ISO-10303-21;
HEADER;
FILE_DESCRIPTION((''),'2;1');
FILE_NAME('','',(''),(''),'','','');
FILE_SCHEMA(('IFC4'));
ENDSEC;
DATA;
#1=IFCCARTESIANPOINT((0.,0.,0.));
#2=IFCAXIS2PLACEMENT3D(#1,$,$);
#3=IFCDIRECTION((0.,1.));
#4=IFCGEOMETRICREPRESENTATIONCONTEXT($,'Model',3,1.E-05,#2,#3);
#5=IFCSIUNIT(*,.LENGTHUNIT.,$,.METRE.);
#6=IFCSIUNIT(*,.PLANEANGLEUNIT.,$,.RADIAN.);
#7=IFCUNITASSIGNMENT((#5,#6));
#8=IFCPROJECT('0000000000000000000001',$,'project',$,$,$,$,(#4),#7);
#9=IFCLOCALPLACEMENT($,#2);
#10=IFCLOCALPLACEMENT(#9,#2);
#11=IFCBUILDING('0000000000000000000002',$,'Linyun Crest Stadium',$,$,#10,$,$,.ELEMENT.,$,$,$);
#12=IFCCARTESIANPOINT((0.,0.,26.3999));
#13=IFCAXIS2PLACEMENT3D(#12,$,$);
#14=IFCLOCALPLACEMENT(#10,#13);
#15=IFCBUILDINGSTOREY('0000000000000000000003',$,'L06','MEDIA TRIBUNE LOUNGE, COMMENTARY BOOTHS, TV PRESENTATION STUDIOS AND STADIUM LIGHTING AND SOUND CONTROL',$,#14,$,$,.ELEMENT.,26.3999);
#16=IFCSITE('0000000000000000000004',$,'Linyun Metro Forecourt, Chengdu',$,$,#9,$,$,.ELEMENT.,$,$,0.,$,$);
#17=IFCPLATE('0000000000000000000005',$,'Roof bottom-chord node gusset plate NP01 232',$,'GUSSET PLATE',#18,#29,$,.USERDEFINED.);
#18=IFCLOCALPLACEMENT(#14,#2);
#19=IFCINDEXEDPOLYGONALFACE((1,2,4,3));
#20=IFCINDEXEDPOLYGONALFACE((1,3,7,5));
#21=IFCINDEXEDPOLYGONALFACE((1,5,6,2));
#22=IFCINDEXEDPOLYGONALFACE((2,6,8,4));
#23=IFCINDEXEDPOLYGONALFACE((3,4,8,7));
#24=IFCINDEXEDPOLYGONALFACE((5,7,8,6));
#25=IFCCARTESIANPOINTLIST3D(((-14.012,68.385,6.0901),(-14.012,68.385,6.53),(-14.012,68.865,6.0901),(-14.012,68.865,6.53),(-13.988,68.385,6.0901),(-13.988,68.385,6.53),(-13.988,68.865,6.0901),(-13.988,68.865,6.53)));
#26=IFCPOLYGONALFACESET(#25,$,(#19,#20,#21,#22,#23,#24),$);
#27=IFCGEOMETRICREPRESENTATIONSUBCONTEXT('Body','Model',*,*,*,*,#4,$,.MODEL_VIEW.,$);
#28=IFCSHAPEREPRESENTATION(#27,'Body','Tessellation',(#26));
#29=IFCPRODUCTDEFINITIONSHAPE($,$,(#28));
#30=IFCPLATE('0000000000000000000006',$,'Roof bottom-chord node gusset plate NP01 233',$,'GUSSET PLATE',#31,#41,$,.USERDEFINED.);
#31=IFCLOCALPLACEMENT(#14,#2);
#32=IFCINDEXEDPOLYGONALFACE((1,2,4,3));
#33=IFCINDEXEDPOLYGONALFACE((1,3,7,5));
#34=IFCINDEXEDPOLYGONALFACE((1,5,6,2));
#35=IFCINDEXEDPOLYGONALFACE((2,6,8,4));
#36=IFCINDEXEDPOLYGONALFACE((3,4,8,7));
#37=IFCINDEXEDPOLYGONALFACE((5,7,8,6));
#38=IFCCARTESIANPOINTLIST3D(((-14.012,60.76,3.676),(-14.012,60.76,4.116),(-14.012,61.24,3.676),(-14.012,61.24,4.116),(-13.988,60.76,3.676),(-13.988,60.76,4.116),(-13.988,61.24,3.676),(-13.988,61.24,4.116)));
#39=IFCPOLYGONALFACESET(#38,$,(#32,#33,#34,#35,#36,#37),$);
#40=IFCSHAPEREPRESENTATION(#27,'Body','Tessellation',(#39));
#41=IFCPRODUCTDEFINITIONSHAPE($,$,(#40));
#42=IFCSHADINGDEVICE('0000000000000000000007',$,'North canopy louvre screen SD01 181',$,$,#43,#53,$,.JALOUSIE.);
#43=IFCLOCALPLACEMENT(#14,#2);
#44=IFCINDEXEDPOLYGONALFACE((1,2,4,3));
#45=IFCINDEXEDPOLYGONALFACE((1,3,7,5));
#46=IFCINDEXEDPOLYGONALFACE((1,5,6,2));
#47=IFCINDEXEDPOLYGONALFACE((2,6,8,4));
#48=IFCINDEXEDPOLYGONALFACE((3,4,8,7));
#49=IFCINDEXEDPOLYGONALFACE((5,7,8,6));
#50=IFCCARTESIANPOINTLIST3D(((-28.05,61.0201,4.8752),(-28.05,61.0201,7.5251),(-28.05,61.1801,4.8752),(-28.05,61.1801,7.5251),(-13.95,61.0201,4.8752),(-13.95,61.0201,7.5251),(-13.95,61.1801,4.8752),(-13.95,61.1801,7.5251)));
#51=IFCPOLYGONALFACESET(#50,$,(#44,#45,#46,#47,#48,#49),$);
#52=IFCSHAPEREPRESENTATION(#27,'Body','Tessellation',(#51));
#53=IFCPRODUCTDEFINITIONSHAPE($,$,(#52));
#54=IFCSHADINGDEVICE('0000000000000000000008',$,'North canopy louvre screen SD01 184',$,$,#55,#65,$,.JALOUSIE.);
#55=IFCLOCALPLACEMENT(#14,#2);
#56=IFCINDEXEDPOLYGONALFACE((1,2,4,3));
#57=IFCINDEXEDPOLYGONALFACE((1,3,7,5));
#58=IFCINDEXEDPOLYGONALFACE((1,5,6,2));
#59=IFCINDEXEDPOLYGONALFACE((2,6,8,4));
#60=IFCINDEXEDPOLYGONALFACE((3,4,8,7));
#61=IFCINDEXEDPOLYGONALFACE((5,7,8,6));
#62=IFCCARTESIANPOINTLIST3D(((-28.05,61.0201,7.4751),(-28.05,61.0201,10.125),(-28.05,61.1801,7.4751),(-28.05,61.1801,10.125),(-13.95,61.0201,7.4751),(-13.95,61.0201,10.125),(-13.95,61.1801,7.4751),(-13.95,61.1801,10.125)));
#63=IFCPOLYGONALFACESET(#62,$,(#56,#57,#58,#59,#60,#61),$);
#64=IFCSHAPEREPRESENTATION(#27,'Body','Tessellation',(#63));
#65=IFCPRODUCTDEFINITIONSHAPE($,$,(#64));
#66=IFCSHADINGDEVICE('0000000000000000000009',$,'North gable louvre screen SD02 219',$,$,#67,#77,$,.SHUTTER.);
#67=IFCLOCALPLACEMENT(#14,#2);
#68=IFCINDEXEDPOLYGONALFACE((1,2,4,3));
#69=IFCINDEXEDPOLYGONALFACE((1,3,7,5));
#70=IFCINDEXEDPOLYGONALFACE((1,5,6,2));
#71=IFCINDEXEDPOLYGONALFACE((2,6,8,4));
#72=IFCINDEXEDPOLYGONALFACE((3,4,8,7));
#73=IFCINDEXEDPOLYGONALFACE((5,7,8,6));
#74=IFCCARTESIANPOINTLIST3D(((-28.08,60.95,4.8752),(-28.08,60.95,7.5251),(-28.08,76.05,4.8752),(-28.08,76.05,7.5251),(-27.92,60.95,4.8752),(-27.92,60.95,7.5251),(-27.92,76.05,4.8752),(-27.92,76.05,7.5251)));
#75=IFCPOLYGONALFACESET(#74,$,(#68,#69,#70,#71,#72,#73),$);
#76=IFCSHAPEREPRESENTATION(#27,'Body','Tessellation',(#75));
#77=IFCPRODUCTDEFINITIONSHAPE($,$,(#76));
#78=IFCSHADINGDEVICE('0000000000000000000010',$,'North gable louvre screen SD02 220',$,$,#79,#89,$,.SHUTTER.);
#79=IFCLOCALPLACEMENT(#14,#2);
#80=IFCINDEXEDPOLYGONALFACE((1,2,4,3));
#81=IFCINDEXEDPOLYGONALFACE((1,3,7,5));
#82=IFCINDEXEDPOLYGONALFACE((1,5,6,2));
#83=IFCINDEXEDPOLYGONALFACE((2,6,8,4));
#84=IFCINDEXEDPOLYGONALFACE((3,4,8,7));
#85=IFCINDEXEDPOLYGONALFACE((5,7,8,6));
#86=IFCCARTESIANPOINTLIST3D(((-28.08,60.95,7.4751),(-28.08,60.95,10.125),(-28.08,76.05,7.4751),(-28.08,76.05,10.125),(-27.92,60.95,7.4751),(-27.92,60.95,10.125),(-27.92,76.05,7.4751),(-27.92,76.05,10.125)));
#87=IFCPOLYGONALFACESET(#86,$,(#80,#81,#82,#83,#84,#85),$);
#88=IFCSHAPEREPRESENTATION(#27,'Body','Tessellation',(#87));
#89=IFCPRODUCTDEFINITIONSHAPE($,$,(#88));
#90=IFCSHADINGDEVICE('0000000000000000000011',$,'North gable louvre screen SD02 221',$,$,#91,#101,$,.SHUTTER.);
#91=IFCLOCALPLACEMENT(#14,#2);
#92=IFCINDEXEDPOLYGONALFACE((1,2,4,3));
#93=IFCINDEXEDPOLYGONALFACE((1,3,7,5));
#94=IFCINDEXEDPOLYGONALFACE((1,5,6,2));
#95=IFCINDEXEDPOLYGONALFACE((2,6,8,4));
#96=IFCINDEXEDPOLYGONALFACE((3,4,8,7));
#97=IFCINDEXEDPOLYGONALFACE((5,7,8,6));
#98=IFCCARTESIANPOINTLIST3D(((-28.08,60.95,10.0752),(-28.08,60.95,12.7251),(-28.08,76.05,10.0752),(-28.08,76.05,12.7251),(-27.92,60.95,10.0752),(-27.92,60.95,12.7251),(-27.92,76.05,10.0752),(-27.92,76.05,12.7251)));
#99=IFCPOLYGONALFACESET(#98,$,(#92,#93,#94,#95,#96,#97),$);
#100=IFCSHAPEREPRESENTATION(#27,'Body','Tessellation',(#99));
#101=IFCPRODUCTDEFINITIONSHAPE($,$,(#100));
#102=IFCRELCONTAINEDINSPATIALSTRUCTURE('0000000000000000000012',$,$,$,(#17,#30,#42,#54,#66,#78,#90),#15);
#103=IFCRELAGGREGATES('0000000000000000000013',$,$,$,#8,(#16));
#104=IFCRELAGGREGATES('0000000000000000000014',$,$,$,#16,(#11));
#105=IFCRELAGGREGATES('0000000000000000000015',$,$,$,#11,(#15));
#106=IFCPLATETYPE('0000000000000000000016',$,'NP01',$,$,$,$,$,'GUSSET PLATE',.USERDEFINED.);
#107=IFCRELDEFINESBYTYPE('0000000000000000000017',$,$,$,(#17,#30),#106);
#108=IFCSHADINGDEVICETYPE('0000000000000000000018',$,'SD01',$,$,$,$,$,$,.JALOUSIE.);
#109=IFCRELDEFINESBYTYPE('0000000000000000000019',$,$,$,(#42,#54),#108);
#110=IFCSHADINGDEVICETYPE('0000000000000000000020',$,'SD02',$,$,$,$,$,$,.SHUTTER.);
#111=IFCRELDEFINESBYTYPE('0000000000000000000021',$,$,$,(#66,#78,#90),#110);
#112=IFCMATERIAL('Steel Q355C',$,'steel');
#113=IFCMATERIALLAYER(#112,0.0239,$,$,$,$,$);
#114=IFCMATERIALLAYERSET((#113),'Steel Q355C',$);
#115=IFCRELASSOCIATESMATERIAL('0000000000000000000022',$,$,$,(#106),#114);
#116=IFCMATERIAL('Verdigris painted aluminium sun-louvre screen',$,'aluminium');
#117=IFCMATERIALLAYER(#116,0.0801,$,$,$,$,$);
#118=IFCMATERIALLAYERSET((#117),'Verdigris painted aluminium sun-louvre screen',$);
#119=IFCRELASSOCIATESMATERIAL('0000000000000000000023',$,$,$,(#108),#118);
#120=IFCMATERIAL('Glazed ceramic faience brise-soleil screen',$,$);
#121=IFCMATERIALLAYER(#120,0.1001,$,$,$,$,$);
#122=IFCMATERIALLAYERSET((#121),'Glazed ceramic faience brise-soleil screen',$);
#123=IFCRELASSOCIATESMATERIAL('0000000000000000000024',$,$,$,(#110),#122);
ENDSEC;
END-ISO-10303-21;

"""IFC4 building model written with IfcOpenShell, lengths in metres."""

from ifc_helpers import new_model, si_unit, direction, frame, origin, origin_2d, place, context, subcontext, project, spatial, rectangle, extrude, material, layer, layer_set, type_object, element, save


model = new_model("IFC4")

# Units and contexts
model_context = context("Model", 3, precision=1e-05, world=origin(), true_north=direction((0.0, 1.0)))
body_context = subcontext(model_context, "Body", "Model", "MODEL_VIEW")
ifc_project = project(units=[si_unit("LENGTHUNIT", "METRE"), si_unit("PLANEANGLEUNIT", "RADIAN")], contexts=[model_context])

# Site, building, storey
site_placement = place(None, origin())
site = spatial("IfcSite", under=ifc_project, at=site_placement, Name="Linyun Metro Forecourt, Chengdu", CompositionType="ELEMENT", RefElevation=0.0)
building_placement = place(site_placement, origin())
building = spatial("IfcBuilding", under=site, at=building_placement, Name="Linyun Crest Stadium", CompositionType="ELEMENT")
storey_placement = place(building_placement, frame((0.0, 0.0, 26.3999)))
storey = spatial("IfcBuildingStorey", under=building, at=storey_placement, Name="L06", Description="MEDIA TRIBUNE LOUNGE, COMMENTARY BOOTHS, TV PRESENTATION STUDIOS AND STADIUM LIGHTING AND SOUND CONTROL", CompositionType="ELEMENT", Elevation=26.3999)

# Plates
ifc_material_1 = material(Name="Steel Q355C", Category="steel")
ifc_layer_1 = layer(ifc_material_1, 0.0239)
ifc_layer_set_1 = layer_set([ifc_layer_1], Name="Steel Q355C")
plate_type_1 = type_object("IfcPlateType", Name="NP01", ElementType="GUSSET PLATE", PredefinedType="USERDEFINED", material=ifc_layer_set_1)
for number, where, z_axis, x_axis, name in (
    (1, (-14.0, 68.625, 6.0901), (0.0, 0.0, 1.0), (0.0, 1.0, 0.0), "Roof bottom-chord node gusset plate NP01 232"),
    (2, (-14.0, 61.0, 3.676), (0.0, 0.0, 1.0), (0.0, 1.0, 0.0), "Roof bottom-chord node gusset plate NP01 233"),
):
    element("IfcPlate", number, at=place(storey_placement, frame(where, z_axis=z_axis, x_axis=x_axis)), inside=storey, type_object=plate_type_1, Name=name, ObjectType="GUSSET PLATE", PredefinedType="USERDEFINED", context=body_context, shape_type="SweptSolid", body=[
        extrude(rectangle(XDim=0.48, YDim=0.0239, at=origin_2d()), origin(), (0.0, 0.0, 1.0), 0.4399),
    ])

# Shading devices
ifc_material_2 = material(Name="Verdigris painted aluminium sun-louvre screen", Category="aluminium")
ifc_layer_2 = layer(ifc_material_2, 0.0801)
ifc_layer_set_2 = layer_set([ifc_layer_2], Name="Verdigris painted aluminium sun-louvre screen")
shading_device_type_1 = type_object("IfcShadingDeviceType", Name="SD01", PredefinedType="JALOUSIE", material=ifc_layer_set_2)
for number, where, z_axis, x_axis, name in (
    (3, (-21.0, 61.1001, 4.8752), (0.0, 0.0, 1.0), (1.0, 0.0, 0.0), "North canopy louvre screen SD01 181"),
    (4, (-21.0, 61.1001, 7.4751), (0.0, 0.0, 1.0), (1.0, 0.0, 0.0), "North canopy louvre screen SD01 184"),
):
    element("IfcShadingDevice", number, at=place(storey_placement, frame(where, z_axis=z_axis, x_axis=x_axis)), inside=storey, type_object=shading_device_type_1, Name=name, PredefinedType="JALOUSIE", context=body_context, shape_type="SweptSolid", body=[
        extrude(rectangle(XDim=14.1001, YDim=0.1599, at=origin_2d()), origin(), (0.0, 0.0, 1.0), 2.6499),
    ])
ifc_material_3 = material(Name="Glazed ceramic faience brise-soleil screen")
ifc_layer_3 = layer(ifc_material_3, 0.1001)
ifc_layer_set_3 = layer_set([ifc_layer_3], Name="Glazed ceramic faience brise-soleil screen")
shading_device_type_2 = type_object("IfcShadingDeviceType", Name="SD02", PredefinedType="SHUTTER", material=ifc_layer_set_3)
for number, where, z_axis, x_axis, name in (
    (5, (-28.0, 68.5, 4.8752), (0.0, 0.0, 1.0), (1.0, 0.0, 0.0), "North gable louvre screen SD02 219"),
    (6, (-28.0, 68.5, 7.4751), (0.0, 0.0, 1.0), (1.0, 0.0, 0.0), "North gable louvre screen SD02 220"),
    (7, (-28.0, 68.5, 10.0752), (0.0, 0.0, 1.0), (1.0, 0.0, 0.0), "North gable louvre screen SD02 221"),
):
    element("IfcShadingDevice", number, at=place(storey_placement, frame(where, z_axis=z_axis, x_axis=x_axis)), inside=storey, type_object=shading_device_type_2, Name=name, PredefinedType="SHUTTER", context=body_context, shape_type="SweptSolid", body=[
        extrude(rectangle(XDim=0.1599, YDim=15.1001, at=origin_2d()), origin(), (0.0, 0.0, 1.0), 2.6499),
    ])

save(model, "model.ifc")
